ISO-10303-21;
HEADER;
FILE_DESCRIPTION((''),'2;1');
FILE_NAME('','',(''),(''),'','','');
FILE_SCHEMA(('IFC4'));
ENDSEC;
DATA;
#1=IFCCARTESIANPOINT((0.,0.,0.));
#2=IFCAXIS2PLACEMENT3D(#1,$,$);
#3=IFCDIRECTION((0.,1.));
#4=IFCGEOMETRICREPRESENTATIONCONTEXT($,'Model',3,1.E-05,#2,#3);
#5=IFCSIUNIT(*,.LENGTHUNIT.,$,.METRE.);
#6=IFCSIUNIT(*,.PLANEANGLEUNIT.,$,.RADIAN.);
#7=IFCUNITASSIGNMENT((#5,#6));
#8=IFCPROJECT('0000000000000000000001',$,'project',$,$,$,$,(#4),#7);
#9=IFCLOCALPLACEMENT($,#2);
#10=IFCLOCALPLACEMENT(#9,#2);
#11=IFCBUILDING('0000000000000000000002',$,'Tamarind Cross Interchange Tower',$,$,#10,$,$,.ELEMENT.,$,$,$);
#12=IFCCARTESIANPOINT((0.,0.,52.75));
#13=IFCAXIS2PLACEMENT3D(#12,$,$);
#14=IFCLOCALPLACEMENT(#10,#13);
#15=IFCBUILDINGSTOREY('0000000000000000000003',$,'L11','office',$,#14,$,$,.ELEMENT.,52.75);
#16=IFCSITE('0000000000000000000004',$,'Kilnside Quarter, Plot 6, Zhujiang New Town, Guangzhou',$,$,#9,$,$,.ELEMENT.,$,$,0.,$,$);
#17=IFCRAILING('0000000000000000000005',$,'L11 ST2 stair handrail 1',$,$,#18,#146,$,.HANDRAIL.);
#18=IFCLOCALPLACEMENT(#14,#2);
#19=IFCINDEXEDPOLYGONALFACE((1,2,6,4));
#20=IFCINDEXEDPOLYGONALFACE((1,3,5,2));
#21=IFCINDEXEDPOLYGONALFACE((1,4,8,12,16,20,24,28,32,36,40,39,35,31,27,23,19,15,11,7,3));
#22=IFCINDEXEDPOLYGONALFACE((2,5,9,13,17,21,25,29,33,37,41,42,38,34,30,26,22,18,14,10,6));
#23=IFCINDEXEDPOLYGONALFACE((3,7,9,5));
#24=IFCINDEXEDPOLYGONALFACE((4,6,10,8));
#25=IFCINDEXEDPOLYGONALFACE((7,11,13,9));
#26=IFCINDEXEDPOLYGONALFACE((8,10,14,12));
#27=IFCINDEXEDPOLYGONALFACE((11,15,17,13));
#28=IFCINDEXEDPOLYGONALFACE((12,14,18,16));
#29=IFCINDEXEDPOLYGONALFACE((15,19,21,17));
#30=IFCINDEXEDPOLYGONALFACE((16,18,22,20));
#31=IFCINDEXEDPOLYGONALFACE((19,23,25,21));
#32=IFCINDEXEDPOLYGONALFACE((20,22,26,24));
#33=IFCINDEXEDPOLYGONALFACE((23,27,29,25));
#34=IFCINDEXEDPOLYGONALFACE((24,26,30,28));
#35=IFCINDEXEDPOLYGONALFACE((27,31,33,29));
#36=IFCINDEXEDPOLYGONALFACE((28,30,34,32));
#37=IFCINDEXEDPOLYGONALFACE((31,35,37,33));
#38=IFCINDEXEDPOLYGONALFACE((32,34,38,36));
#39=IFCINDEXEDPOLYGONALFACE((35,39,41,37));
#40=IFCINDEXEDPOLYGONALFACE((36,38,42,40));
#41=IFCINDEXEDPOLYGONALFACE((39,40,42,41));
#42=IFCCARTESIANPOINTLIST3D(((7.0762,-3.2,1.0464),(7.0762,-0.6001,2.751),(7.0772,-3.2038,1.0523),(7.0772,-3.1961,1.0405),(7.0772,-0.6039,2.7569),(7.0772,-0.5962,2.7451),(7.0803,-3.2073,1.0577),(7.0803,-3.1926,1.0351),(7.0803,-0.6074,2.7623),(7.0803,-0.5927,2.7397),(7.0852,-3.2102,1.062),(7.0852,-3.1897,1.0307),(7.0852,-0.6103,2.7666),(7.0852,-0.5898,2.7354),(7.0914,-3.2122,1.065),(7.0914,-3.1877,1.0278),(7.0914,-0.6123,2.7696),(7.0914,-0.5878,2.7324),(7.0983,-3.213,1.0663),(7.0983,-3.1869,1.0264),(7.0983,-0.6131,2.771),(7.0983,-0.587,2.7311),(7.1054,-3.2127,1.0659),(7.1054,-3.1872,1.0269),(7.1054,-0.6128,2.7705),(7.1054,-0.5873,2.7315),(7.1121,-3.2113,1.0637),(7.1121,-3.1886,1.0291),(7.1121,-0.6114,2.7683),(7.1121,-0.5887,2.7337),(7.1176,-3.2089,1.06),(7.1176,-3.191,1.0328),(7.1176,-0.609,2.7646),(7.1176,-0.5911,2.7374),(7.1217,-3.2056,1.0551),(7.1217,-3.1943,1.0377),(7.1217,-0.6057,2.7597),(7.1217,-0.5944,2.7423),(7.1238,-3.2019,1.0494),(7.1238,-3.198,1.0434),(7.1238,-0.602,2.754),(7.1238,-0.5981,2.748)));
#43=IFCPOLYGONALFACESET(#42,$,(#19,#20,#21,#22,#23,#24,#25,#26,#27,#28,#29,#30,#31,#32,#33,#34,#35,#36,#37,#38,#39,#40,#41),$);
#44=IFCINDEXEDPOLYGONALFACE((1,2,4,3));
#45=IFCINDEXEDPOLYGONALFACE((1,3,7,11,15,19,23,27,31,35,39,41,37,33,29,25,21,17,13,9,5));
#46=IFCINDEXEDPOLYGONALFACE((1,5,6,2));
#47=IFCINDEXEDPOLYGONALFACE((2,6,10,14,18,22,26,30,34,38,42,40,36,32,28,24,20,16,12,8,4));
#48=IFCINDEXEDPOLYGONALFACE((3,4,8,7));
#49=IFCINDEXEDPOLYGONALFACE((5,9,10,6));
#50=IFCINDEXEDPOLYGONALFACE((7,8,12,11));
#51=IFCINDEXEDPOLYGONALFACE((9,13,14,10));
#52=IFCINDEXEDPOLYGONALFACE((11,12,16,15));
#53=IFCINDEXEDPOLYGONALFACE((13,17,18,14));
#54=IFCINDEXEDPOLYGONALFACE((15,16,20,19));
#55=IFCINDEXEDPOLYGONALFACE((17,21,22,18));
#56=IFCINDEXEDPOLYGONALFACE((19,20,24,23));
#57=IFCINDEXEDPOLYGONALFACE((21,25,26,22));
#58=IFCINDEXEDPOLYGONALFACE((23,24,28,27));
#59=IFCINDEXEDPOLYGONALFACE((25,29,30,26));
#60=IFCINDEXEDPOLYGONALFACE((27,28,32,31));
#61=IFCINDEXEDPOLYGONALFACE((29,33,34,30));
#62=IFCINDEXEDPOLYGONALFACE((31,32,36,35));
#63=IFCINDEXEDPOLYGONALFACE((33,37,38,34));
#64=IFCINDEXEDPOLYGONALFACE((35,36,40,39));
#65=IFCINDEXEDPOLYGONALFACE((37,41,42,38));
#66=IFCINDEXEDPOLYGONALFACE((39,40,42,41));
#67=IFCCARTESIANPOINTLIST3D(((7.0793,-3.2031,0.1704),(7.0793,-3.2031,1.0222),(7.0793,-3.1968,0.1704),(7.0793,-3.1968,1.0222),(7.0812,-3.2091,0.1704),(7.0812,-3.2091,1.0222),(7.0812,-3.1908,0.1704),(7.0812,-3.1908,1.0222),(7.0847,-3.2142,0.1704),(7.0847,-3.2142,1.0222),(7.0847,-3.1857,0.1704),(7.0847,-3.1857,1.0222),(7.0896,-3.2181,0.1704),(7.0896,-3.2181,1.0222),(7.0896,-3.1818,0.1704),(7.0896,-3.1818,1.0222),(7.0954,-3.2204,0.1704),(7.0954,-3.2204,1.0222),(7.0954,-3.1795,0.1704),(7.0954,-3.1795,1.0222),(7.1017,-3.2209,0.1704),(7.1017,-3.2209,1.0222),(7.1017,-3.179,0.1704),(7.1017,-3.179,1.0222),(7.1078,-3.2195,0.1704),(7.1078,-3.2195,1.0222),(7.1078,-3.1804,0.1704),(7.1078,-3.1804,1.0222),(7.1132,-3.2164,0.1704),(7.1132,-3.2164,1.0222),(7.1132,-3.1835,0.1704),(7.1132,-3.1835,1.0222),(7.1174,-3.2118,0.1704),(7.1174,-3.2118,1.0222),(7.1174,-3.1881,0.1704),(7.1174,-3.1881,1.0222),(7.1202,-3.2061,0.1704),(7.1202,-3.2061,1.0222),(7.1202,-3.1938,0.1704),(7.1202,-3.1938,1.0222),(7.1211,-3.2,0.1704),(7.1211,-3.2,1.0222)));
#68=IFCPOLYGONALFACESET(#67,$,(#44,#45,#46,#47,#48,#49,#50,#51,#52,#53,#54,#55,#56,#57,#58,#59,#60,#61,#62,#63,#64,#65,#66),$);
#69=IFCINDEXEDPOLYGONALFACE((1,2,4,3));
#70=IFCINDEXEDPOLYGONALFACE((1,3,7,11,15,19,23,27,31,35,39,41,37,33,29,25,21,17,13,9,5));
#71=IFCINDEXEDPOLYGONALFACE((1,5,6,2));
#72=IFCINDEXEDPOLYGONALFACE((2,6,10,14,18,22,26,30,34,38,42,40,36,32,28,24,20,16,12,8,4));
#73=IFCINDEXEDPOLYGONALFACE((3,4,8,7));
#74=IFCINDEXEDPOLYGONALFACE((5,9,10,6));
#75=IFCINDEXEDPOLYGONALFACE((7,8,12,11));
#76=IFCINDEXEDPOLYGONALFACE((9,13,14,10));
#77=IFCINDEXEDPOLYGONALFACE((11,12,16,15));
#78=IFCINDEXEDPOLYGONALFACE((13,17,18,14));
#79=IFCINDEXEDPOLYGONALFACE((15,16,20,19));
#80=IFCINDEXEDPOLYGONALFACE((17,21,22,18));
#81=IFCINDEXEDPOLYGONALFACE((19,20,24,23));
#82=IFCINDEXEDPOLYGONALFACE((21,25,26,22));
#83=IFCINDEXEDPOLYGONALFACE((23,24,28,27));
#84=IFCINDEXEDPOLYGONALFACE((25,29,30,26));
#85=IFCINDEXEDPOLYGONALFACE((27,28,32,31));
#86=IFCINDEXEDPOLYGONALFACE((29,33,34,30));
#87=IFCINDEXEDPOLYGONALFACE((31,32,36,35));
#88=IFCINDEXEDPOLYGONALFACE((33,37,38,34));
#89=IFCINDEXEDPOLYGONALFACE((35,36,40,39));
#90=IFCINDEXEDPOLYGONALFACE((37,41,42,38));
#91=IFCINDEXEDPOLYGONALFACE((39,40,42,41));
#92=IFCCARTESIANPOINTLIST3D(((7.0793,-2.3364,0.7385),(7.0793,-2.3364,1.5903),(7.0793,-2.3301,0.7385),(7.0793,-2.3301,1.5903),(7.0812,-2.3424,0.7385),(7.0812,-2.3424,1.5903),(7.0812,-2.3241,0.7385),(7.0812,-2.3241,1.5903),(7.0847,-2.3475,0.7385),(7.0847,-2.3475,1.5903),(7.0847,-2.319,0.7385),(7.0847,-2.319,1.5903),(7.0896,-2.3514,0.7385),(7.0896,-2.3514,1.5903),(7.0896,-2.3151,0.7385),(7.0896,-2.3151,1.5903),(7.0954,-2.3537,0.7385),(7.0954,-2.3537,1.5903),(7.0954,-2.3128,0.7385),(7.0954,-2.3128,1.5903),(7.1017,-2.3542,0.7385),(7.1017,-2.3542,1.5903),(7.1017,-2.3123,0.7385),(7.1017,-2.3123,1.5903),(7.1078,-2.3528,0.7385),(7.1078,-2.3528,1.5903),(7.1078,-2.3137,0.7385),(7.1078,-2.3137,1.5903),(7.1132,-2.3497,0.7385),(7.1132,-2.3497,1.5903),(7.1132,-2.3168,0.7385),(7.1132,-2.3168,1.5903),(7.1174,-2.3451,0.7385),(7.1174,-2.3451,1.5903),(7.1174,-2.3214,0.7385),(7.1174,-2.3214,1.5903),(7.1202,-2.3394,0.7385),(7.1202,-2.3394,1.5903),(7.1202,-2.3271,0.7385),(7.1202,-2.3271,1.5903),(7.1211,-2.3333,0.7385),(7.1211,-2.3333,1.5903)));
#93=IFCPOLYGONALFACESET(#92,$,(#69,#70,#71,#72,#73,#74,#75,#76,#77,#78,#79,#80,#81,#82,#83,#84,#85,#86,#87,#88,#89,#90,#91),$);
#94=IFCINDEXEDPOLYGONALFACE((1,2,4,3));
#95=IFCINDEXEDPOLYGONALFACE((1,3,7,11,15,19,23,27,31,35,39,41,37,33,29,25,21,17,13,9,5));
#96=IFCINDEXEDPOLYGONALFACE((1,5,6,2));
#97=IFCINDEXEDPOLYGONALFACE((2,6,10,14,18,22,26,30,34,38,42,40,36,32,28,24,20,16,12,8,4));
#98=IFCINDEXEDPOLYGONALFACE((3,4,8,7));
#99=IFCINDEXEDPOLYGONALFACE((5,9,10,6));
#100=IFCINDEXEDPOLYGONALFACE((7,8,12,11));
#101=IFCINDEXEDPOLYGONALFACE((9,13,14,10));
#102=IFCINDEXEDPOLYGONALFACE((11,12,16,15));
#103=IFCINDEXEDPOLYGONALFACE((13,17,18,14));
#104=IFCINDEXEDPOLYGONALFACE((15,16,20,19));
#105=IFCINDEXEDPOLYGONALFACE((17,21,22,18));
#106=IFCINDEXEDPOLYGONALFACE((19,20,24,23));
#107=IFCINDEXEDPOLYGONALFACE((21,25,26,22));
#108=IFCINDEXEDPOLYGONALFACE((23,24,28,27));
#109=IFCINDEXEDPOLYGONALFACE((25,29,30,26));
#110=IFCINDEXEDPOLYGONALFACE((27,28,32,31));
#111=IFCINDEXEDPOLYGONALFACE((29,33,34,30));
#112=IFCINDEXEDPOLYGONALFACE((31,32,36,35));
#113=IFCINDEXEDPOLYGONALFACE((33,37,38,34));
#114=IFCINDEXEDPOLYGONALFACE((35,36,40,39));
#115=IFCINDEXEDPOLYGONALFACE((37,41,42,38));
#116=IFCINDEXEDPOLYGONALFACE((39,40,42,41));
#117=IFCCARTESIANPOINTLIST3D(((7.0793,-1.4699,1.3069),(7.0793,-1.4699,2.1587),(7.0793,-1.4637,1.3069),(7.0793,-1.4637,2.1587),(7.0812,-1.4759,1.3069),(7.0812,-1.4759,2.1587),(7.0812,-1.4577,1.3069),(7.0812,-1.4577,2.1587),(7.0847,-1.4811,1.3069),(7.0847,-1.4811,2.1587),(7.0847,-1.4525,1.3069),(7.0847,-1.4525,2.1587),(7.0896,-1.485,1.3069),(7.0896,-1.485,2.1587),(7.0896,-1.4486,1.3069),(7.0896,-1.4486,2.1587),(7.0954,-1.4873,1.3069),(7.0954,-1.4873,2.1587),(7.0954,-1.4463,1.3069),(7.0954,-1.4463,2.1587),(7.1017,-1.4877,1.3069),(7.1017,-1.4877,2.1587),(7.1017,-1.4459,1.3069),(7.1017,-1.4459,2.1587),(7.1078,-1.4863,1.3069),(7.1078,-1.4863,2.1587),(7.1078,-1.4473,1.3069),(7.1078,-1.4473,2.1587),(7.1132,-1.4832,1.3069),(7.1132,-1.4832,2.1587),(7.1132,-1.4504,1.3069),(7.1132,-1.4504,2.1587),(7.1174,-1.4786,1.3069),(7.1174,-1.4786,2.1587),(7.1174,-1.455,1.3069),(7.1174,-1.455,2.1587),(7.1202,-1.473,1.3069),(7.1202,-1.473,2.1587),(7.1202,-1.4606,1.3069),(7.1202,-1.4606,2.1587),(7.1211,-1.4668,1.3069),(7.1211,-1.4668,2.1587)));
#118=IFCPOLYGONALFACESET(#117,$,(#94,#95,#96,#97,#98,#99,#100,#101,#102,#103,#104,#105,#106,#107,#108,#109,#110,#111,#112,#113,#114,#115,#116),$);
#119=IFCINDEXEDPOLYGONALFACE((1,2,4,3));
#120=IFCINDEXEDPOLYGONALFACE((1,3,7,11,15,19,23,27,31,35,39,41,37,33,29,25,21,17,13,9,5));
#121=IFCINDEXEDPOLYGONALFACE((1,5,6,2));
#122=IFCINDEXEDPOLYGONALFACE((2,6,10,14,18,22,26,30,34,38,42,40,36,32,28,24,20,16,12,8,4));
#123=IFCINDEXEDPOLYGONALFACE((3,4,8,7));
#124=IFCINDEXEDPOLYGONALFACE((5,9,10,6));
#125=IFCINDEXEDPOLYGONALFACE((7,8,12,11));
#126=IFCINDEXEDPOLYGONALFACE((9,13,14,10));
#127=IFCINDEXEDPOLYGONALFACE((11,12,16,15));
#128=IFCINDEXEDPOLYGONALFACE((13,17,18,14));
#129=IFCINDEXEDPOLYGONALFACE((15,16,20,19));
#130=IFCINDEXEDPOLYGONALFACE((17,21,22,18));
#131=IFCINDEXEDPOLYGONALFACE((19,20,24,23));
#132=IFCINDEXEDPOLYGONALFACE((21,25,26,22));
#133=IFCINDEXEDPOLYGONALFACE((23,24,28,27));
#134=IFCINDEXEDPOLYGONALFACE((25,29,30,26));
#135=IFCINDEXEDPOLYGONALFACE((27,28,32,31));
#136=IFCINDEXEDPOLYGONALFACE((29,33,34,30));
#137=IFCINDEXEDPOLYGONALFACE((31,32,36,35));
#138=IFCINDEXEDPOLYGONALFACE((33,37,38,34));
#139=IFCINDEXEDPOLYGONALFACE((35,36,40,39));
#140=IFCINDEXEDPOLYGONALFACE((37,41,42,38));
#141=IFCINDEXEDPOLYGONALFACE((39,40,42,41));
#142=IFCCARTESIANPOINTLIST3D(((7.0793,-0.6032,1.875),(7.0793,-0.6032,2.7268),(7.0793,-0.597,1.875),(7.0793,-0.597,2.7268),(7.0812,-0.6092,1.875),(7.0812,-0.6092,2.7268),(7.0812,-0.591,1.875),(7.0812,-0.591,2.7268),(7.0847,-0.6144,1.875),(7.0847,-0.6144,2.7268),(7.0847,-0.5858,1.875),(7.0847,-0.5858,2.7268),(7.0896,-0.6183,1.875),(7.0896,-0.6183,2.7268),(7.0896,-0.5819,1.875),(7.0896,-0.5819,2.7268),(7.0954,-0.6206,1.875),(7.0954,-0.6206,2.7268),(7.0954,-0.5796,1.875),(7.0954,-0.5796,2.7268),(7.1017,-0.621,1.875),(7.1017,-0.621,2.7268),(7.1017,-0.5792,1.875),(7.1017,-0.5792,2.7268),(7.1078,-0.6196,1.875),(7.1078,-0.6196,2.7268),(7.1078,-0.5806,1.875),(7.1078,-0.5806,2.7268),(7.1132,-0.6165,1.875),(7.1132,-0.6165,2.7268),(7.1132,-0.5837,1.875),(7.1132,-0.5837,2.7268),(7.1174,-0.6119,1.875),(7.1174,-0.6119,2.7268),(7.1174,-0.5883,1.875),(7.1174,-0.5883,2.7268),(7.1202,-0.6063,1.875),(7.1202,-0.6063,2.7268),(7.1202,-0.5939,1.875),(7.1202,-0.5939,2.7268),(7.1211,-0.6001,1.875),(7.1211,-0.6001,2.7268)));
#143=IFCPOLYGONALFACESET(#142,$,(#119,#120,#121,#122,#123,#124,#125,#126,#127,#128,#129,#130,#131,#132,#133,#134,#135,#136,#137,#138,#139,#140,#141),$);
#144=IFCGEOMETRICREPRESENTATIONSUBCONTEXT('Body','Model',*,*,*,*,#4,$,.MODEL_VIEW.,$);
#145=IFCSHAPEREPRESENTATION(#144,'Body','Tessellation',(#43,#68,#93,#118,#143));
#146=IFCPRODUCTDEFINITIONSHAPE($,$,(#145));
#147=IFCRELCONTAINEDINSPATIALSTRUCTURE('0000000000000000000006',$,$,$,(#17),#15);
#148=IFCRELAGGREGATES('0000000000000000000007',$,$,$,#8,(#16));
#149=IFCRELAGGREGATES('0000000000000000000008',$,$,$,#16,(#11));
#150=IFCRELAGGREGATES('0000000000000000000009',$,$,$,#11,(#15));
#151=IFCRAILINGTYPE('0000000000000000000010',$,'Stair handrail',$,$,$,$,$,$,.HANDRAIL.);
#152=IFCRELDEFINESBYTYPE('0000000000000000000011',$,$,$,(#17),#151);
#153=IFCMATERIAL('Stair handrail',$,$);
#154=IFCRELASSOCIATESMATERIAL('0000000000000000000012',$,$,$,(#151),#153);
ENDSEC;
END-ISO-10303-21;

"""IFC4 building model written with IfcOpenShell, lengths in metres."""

from ifc_helpers import new_model, si_unit, direction, frame, origin, origin_2d, place, context, subcontext, project, spatial, circle, extrude, material, type_object, element, save


model = new_model("IFC4")

# Units and contexts
model_context = context("Model", 3, precision=1e-05, world=origin(), true_north=direction((0.0, 1.0)))
body_context = subcontext(model_context, "Body", "Model", "MODEL_VIEW")
ifc_project = project(units=[si_unit("LENGTHUNIT", "METRE"), si_unit("PLANEANGLEUNIT", "RADIAN")], contexts=[model_context])

# Site, building, storey
site_placement = place(None, origin())
site = spatial("IfcSite", under=ifc_project, at=site_placement, Name="Kilnside Quarter, Plot 6, Zhujiang New Town, Guangzhou", CompositionType="ELEMENT", RefElevation=0.0)
building_placement = place(site_placement, origin())
building = spatial("IfcBuilding", under=site, at=building_placement, Name="Tamarind Cross Interchange Tower", CompositionType="ELEMENT")
storey_placement = place(building_placement, frame((0.0, 0.0, 52.75)))
storey = spatial("IfcBuildingStorey", under=building, at=storey_placement, Name="L11", Description="office", CompositionType="ELEMENT", Elevation=52.75)

# Railing
ifc_material_1 = material(Name="Stair handrail")
railing_type_1 = type_object("IfcRailingType", Name="Stair handrail", PredefinedType="HANDRAIL", material=ifc_material_1)
railing_1_placement = place(storey_placement, frame((7.1001, -3.2, 0.1704)))
element("IfcRailing", 1, at=railing_1_placement, inside=storey, type_object=railing_type_1, Name="L11 ST2 stair handrail 1", PredefinedType="HANDRAIL", context=body_context, shape_type="SweptSolid", body=[
    extrude(circle(Radius=0.0239, at=origin_2d()), frame((0.0, 0.0, 0.876), z_axis=(0.0, 0.836279, 0.548305), x_axis=(-1.0, 0.0, 0.0)), (0.0, 0.0, 1.0), 3.1089),
    extrude(circle(Radius=0.021, at=origin_2d()), origin(), (0.0, 0.0, 1.0), 0.8518),
    extrude(circle(Radius=0.021, at=origin_2d()), frame((0.0, 0.8667, 0.5681)), (0.0, 0.0, 1.0), 0.8518),
    extrude(circle(Radius=0.021, at=origin_2d()), frame((0.0, 1.7332, 1.1365)), (0.0, 0.0, 1.0), 0.8518),
    extrude(circle(Radius=0.021, at=origin_2d()), frame((0.0, 2.5999, 1.7046)), (0.0, 0.0, 1.0), 0.8518),
])

save(model, "model.ifc")
